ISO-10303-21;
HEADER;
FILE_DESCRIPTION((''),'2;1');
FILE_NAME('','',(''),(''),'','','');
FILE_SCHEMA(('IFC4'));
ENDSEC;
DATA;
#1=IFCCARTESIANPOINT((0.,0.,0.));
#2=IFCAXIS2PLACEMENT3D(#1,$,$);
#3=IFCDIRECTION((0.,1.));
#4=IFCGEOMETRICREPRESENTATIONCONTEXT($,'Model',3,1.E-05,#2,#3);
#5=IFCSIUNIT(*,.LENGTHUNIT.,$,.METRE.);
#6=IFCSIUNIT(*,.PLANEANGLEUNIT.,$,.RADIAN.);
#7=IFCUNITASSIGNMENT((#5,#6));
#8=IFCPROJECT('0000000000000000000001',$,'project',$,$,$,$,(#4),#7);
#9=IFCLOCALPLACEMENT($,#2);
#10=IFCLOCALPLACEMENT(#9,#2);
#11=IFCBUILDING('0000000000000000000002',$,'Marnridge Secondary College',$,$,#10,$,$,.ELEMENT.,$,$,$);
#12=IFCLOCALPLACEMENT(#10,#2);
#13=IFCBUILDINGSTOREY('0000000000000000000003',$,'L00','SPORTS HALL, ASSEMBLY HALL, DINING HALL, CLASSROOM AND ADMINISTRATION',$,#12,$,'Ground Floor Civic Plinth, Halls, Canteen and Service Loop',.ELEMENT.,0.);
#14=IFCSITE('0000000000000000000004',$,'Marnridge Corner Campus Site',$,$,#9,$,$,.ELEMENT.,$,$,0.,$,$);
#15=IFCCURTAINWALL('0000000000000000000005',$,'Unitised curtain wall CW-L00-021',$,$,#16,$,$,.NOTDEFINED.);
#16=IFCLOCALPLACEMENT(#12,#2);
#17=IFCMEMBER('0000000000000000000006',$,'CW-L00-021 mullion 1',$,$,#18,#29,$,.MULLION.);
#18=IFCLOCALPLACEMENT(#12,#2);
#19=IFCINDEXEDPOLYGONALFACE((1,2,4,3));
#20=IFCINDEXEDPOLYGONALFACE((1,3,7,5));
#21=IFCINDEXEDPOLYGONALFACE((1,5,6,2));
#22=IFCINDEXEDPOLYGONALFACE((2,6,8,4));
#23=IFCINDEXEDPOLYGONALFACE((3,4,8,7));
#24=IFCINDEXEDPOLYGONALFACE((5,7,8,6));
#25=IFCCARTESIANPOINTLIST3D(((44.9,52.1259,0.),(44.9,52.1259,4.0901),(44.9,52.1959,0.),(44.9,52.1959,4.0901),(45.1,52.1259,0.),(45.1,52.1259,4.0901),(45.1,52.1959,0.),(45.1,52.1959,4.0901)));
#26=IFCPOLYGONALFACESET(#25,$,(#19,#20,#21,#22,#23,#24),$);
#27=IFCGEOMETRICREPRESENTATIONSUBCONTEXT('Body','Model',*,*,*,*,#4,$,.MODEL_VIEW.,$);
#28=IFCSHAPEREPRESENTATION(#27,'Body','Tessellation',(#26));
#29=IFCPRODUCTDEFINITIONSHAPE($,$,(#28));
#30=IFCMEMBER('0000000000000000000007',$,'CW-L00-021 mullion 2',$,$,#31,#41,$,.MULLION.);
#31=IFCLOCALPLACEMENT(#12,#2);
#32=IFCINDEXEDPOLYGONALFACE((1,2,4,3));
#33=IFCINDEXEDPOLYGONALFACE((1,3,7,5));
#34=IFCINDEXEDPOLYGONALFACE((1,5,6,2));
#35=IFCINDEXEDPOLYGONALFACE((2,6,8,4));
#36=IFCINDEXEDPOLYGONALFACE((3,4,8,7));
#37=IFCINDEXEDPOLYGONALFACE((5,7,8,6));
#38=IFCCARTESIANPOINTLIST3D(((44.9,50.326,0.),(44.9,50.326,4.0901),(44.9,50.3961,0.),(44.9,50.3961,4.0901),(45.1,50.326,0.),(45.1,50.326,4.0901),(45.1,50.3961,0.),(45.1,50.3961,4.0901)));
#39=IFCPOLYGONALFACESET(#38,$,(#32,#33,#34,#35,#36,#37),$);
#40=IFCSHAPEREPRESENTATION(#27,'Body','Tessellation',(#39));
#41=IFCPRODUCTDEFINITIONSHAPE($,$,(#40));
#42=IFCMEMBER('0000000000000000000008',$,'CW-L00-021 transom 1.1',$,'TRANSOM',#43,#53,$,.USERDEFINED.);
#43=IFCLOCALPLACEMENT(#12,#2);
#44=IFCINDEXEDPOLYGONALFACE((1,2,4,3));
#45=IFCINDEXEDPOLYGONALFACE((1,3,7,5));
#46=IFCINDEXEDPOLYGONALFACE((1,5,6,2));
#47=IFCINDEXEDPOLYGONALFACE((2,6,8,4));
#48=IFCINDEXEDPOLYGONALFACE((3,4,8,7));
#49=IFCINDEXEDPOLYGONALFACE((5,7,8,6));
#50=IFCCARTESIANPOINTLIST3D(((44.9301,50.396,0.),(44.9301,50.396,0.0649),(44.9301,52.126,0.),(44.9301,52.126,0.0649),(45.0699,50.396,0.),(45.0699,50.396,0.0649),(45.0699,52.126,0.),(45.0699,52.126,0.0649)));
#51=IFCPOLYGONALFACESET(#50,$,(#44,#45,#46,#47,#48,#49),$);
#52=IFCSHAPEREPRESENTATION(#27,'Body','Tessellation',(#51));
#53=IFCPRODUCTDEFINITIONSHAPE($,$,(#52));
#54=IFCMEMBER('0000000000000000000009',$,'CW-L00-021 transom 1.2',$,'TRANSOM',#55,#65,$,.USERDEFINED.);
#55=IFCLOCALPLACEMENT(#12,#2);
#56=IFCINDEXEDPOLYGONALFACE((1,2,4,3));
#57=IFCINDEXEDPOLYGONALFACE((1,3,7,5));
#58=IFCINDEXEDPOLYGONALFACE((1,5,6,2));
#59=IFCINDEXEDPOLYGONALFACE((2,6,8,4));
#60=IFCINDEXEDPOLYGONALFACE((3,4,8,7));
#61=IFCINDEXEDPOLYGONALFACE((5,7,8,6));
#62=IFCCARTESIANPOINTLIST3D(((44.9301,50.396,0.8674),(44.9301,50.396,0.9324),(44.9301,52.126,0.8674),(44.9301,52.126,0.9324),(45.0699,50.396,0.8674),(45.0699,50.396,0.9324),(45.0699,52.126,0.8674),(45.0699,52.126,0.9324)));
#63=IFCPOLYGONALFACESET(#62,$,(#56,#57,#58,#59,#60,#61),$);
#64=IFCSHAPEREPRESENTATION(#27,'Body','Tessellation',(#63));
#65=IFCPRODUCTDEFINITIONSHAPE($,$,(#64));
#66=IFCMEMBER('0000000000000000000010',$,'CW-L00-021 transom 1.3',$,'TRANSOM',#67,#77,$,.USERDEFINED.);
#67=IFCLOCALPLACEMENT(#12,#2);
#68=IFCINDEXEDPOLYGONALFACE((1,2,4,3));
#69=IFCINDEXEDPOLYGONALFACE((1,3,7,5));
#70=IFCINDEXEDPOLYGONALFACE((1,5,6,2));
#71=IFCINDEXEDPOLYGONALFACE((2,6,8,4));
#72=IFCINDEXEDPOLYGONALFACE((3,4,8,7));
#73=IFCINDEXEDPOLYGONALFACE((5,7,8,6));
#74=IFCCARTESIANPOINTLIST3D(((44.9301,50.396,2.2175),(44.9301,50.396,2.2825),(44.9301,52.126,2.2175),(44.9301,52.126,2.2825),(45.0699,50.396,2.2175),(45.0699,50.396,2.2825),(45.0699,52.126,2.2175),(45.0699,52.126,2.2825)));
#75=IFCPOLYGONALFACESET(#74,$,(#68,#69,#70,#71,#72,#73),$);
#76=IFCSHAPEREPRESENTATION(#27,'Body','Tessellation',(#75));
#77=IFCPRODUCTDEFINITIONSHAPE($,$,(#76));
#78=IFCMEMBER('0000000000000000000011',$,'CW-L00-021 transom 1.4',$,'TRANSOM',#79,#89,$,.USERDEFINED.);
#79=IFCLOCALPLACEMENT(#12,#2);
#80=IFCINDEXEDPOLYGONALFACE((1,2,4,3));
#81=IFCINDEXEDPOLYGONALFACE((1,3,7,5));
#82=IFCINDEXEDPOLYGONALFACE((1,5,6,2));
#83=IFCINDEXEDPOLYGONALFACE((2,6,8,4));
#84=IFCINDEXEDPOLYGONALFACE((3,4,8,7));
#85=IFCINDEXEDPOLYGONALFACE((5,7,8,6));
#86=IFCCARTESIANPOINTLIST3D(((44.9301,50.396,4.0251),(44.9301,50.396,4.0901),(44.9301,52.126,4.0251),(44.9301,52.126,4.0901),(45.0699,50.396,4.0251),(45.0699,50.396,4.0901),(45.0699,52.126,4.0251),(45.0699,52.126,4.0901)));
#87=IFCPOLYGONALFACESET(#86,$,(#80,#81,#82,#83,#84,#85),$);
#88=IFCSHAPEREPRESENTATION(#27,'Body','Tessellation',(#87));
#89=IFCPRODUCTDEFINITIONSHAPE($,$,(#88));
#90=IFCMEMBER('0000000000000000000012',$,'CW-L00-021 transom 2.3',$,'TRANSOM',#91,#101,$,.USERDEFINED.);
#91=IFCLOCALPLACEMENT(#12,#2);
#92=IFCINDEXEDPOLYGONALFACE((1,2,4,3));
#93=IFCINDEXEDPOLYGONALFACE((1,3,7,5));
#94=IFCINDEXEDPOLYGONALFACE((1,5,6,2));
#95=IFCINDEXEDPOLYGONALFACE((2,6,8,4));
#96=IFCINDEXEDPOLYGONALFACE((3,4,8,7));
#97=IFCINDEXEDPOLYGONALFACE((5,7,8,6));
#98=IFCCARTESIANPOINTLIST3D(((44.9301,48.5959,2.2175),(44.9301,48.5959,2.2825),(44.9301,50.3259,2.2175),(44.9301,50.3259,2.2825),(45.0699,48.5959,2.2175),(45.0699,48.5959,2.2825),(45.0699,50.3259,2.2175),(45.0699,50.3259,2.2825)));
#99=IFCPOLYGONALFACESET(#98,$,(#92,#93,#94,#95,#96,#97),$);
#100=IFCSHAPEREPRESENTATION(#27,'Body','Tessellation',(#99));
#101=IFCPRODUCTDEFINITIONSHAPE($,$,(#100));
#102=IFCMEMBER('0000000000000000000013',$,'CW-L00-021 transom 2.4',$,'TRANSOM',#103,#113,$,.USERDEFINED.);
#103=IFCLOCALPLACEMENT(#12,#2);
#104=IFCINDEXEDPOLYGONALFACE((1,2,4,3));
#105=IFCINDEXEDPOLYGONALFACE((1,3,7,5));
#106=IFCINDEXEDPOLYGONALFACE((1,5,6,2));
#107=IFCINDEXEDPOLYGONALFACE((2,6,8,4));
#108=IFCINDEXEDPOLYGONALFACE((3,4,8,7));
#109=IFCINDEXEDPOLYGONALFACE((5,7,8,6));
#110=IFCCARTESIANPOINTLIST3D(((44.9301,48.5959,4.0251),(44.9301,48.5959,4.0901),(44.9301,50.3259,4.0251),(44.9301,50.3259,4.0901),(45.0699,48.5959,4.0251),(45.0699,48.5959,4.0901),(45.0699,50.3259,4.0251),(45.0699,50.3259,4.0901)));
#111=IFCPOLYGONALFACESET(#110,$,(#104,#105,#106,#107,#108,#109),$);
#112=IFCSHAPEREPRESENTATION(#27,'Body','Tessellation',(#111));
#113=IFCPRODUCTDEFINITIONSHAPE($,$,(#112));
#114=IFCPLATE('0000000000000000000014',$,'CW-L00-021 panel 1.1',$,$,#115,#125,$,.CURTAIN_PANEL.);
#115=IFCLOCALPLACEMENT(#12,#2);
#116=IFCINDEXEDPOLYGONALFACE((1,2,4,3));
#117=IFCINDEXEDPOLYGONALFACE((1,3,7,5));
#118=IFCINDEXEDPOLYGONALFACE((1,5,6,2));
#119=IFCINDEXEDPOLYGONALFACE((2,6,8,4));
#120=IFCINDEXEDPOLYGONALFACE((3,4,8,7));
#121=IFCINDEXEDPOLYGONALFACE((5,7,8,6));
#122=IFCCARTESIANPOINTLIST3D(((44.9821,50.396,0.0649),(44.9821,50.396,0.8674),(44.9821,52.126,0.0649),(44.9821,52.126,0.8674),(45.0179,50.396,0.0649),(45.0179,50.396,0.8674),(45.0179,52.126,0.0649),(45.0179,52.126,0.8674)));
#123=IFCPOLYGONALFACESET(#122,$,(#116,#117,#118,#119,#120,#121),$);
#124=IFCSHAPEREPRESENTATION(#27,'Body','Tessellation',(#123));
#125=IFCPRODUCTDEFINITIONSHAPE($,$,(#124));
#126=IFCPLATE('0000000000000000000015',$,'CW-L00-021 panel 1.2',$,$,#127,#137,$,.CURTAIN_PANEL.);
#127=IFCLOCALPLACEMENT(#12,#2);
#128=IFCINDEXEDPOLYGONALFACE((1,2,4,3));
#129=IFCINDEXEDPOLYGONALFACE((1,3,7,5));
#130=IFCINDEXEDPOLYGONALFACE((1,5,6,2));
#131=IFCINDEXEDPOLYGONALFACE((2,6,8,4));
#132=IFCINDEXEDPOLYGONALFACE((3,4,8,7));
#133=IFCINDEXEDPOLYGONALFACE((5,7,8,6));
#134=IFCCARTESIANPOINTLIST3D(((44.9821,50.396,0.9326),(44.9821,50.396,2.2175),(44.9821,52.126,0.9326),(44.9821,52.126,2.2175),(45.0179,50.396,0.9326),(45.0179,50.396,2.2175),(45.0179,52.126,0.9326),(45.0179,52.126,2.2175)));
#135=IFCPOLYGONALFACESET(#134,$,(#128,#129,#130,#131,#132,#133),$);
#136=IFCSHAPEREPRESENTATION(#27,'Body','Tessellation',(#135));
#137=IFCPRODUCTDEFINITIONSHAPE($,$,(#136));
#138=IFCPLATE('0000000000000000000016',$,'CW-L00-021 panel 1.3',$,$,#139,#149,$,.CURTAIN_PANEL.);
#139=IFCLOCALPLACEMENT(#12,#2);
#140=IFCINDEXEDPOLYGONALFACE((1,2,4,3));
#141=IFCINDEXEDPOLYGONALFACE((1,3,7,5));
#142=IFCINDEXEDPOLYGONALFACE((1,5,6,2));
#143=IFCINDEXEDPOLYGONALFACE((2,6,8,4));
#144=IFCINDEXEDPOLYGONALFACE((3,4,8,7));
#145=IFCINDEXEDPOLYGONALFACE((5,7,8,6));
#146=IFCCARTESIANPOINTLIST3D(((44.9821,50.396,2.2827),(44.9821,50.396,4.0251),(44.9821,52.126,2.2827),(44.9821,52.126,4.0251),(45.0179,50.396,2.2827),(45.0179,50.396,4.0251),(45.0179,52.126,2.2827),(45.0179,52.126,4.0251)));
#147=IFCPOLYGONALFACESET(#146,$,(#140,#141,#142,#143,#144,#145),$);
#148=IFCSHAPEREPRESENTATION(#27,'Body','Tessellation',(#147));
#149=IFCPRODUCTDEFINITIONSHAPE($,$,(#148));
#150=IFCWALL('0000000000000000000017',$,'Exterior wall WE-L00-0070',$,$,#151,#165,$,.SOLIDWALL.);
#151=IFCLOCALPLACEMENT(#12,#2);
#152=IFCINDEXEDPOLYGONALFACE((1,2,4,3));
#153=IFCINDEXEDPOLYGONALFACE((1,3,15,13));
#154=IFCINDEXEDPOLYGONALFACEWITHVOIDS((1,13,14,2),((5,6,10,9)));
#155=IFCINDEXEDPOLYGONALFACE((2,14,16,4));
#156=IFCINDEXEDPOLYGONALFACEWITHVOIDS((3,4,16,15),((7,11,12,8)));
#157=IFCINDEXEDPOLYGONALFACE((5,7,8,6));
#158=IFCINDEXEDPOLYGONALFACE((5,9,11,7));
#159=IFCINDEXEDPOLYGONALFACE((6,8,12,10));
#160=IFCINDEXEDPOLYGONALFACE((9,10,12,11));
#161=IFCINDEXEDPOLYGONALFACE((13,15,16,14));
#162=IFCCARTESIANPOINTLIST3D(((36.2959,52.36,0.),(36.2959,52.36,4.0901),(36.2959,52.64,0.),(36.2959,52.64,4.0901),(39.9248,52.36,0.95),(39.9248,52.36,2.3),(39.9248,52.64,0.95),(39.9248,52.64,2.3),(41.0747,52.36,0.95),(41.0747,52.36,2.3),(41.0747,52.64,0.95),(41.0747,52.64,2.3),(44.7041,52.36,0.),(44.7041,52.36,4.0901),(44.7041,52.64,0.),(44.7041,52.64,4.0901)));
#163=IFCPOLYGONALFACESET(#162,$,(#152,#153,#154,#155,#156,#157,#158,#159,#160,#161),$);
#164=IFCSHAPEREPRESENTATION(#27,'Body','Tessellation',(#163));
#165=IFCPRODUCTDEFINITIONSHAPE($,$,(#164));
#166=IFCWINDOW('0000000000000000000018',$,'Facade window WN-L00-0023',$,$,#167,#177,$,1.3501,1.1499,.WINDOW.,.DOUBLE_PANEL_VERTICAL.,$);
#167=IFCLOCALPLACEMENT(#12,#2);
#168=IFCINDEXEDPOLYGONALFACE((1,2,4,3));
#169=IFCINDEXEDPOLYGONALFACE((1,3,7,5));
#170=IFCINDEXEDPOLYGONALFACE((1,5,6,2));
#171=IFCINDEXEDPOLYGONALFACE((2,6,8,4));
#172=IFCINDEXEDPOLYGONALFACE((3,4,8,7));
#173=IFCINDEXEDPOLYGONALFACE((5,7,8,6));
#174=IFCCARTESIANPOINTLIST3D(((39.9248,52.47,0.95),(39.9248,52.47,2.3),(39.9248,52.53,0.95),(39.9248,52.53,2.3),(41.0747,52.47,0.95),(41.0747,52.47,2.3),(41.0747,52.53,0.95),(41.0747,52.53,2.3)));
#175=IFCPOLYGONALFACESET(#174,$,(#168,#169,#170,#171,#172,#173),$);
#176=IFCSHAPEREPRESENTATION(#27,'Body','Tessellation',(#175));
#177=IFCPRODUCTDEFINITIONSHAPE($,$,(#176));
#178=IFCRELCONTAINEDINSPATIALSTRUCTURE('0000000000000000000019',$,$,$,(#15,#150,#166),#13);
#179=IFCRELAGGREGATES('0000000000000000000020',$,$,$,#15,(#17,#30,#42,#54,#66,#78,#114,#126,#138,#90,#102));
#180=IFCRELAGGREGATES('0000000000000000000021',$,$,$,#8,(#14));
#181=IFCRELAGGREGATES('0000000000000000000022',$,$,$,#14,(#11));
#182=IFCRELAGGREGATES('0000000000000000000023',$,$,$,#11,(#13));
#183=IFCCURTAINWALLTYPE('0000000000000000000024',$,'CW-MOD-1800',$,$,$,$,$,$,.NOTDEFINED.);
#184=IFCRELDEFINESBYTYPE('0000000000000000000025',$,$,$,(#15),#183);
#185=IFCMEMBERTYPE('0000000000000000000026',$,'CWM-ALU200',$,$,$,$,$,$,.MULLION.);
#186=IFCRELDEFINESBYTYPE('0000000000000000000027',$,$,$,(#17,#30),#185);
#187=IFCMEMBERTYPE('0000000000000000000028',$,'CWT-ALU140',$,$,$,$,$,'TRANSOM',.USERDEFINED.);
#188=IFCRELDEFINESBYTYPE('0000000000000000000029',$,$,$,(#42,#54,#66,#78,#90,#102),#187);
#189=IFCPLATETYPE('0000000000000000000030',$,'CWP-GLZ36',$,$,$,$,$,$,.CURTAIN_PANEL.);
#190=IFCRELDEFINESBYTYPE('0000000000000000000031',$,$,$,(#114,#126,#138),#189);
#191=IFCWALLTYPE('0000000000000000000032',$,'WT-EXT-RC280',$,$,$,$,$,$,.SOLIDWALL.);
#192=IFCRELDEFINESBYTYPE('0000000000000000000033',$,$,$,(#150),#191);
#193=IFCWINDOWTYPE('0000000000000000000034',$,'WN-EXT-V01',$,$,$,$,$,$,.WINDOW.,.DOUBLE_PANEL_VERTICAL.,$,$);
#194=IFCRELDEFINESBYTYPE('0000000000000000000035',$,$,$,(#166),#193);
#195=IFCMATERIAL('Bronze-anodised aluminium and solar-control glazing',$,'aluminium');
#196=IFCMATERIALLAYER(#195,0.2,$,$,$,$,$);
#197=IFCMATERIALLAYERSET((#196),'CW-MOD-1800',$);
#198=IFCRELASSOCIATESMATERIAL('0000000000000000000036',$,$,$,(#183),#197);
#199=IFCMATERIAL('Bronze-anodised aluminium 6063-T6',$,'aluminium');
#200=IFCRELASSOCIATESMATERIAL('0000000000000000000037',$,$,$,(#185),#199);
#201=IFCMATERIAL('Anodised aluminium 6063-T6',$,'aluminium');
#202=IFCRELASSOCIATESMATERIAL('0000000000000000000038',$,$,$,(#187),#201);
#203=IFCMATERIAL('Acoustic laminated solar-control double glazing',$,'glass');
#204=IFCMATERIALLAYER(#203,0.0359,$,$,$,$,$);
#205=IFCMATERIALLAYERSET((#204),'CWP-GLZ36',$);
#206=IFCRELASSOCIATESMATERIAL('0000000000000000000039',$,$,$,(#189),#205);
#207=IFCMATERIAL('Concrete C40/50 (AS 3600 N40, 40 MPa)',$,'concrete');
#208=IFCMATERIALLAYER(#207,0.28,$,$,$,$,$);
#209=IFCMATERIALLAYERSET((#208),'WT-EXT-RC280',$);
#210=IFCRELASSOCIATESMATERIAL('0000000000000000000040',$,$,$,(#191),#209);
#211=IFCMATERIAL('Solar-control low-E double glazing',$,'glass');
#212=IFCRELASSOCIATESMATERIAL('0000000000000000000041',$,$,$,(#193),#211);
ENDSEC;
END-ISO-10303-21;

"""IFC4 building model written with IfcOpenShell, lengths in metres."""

from ifc_helpers import new_model, si_unit, direction, frame, frame_2d, origin, origin_2d, place, context, subcontext, project, spatial, rectangle, extrude, material, layer, layer_set, material_profile, profile_set, type_object, element, fill, aggregate, save


model = new_model("IFC4")

# Units and contexts
model_context = context("Model", 3, precision=1e-05, world=origin(), true_north=direction((0.0, 1.0)))
body_context = subcontext(model_context, "Body", "Model", "MODEL_VIEW")
ifc_project = project(units=[si_unit("LENGTHUNIT", "METRE"), si_unit("PLANEANGLEUNIT", "RADIAN")], contexts=[model_context])

# Site, building, storey
site_placement = place(None, origin())
site = spatial("IfcSite", under=ifc_project, at=site_placement, Name="Marnridge Corner Campus Site", CompositionType="ELEMENT", RefElevation=0.0)
building_placement = place(site_placement, origin())
building = spatial("IfcBuilding", under=site, at=building_placement, Name="Marnridge Secondary College", CompositionType="ELEMENT")
storey_placement = place(building_placement, origin())
storey = spatial("IfcBuildingStorey", under=building, at=storey_placement, Name="L00", Description="SPORTS HALL, ASSEMBLY HALL, DINING HALL, CLASSROOM AND ADMINISTRATION", LongName="Ground Floor Civic Plinth, Halls, Canteen and Service Loop", CompositionType="ELEMENT", Elevation=0.0)

# Curtain wall, members, plates
ifc_material_1 = material(Name="Bronze-anodised aluminium and solar-control glazing", Category="aluminium")
ifc_layer_1 = layer(ifc_material_1, 0.2)
ifc_layer_set_1 = layer_set([ifc_layer_1], Name="CW-MOD-1800")
curtain_wall_type = type_object("IfcCurtainWallType", Name="CW-MOD-1800", PredefinedType="NOTDEFINED", material=ifc_layer_set_1)
curtain_wall_placement = place(storey_placement, origin())
curtain_wall = element("IfcCurtainWall", 1, at=curtain_wall_placement, inside=storey, type_object=curtain_wall_type, Name="Unitised curtain wall CW-L00-021", PredefinedType="NOTDEFINED")
ifc_material_2 = material(Name="Bronze-anodised aluminium 6063-T6", Category="aluminium")
ifc_material_profile_1 = material_profile(ifc_material_2, rectangle(XDim=0.0701, YDim=0.2, at=origin_2d()), Name="ALU 70x200")
ifc_profile_set_1 = profile_set([ifc_material_profile_1], Name="Bronze-anodised aluminium 6063-T6")
member_type_1 = type_object("IfcMemberType", Name="CWM-ALU200", PredefinedType="MULLION", material=ifc_profile_set_1)
member_1_placement = place(storey_placement, frame((45.0, 52.1609, 0.0), z_axis=(0.0, 0.0, 1.0), x_axis=(0.0, -1.0, 0.0)))
member_1 = element("IfcMember", 2, at=member_1_placement, type_object=member_type_1, Name="CW-L00-021 mullion 1", PredefinedType="MULLION", context=body_context, shape_type="SweptSolid", body=[
    extrude(rectangle(XDim=0.0701, YDim=0.2, at=origin_2d()), origin(), (0.0, 0.0, 1.0), 4.0901),
])
member_2_placement = place(storey_placement, frame((45.0, 50.3611, 0.0), z_axis=(0.0, 0.0, 1.0), x_axis=(0.0, -1.0, 0.0)))
member_2 = element("IfcMember", 3, at=member_2_placement, type_object=member_type_1, Name="CW-L00-021 mullion 2", PredefinedType="MULLION", context=body_context, shape_type="SweptSolid", body=[
    extrude(rectangle(XDim=0.0701, YDim=0.2, at=origin_2d()), origin(), (0.0, 0.0, 1.0), 4.0901),
])
ifc_material_3 = material(Name="Anodised aluminium 6063-T6", Category="aluminium")
ifc_material_profile_2 = material_profile(ifc_material_3, rectangle(XDim=0.0649, YDim=0.1399, at=origin_2d()), Name="ALU 65x140")
ifc_profile_set_2 = profile_set([ifc_material_profile_2], Name="Anodised aluminium 6063-T6")
member_type_2 = type_object("IfcMemberType", Name="CWT-ALU140", ElementType="TRANSOM", PredefinedType="USERDEFINED", material=ifc_profile_set_2)
member_3_placement = place(storey_placement, frame((45.0, 52.126, 0.0325), z_axis=(0.0, -1.0, 0.0), x_axis=(0.0, 0.0, 1.0)))
member_3 = element("IfcMember", 4, at=member_3_placement, type_object=member_type_2, Name="CW-L00-021 transom 1.1", ObjectType="TRANSOM", PredefinedType="USERDEFINED", context=body_context, shape_type="SweptSolid", body=[
    extrude(rectangle(XDim=0.0649, YDim=0.1399, at=origin_2d()), origin(), (0.0, 0.0, 1.0), 1.73),
])
member_4_placement = place(storey_placement, frame((45.0, 52.126, 0.8999), z_axis=(0.0, -1.0, 0.0), x_axis=(0.0, 0.0, 1.0)))
member_4 = element("IfcMember", 5, at=member_4_placement, type_object=member_type_2, Name="CW-L00-021 transom 1.2", ObjectType="TRANSOM", PredefinedType="USERDEFINED", context=body_context, shape_type="SweptSolid", body=[
    extrude(rectangle(XDim=0.0649, YDim=0.1399, at=origin_2d()), origin(), (0.0, 0.0, 1.0), 1.73),
])
member_5_placement = place(storey_placement, frame((45.0, 52.126, 2.25), z_axis=(0.0, -1.0, 0.0), x_axis=(0.0, 0.0, 1.0)))
member_5 = element("IfcMember", 6, at=member_5_placement, type_object=member_type_2, Name="CW-L00-021 transom 1.3", ObjectType="TRANSOM", PredefinedType="USERDEFINED", context=body_context, shape_type="SweptSolid", body=[
    extrude(rectangle(XDim=0.0649, YDim=0.1399, at=origin_2d()), origin(), (0.0, 0.0, 1.0), 1.73),
])
member_6_placement = place(storey_placement, frame((45.0, 52.126, 4.0576), z_axis=(0.0, -1.0, 0.0), x_axis=(0.0, 0.0, 1.0)))
member_6 = element("IfcMember", 7, at=member_6_placement, type_object=member_type_2, Name="CW-L00-021 transom 1.4", ObjectType="TRANSOM", PredefinedType="USERDEFINED", context=body_context, shape_type="SweptSolid", body=[
    extrude(rectangle(XDim=0.0649, YDim=0.1399, at=origin_2d()), origin(), (0.0, 0.0, 1.0), 1.73),
])
member_7_placement = place(storey_placement, frame((45.0, 50.3259, 2.25), z_axis=(0.0, -1.0, 0.0), x_axis=(0.0, 0.0, 1.0)))
member_7 = element("IfcMember", 8, at=member_7_placement, type_object=member_type_2, Name="CW-L00-021 transom 2.3", ObjectType="TRANSOM", PredefinedType="USERDEFINED", context=body_context, shape_type="SweptSolid", body=[
    extrude(rectangle(XDim=0.0649, YDim=0.1399, at=origin_2d()), origin(), (0.0, 0.0, 1.0), 1.73),
])
member_8_placement = place(storey_placement, frame((45.0, 50.3259, 4.0576), z_axis=(0.0, -1.0, 0.0), x_axis=(0.0, 0.0, 1.0)))
member_8 = element("IfcMember", 9, at=member_8_placement, type_object=member_type_2, Name="CW-L00-021 transom 2.4", ObjectType="TRANSOM", PredefinedType="USERDEFINED", context=body_context, shape_type="SweptSolid", body=[
    extrude(rectangle(XDim=0.0649, YDim=0.1399, at=origin_2d()), origin(), (0.0, 0.0, 1.0), 1.73),
])
ifc_material_4 = material(Name="Acoustic laminated solar-control double glazing", Category="glass")
ifc_layer_2 = layer(ifc_material_4, 0.0359)
ifc_layer_set_2 = layer_set([ifc_layer_2], Name="CWP-GLZ36")
plate_type = type_object("IfcPlateType", Name="CWP-GLZ36", PredefinedType="CURTAIN_PANEL", material=ifc_layer_set_2)
plate_1_placement = place(storey_placement, frame((45.0, 51.261, 0.0649), z_axis=(0.0, 0.0, 1.0), x_axis=(0.0, -1.0, 0.0)))
plate_1 = element("IfcPlate", 10, at=plate_1_placement, type_object=plate_type, Name="CW-L00-021 panel 1.1", PredefinedType="CURTAIN_PANEL", context=body_context, shape_type="SweptSolid", body=[
    extrude(rectangle(XDim=1.73, YDim=0.0359, at=origin_2d()), origin(), (0.0, 0.0, 1.0), 0.8025),
])
plate_2_placement = place(storey_placement, frame((45.0, 51.261, 0.9326), z_axis=(0.0, 0.0, 1.0), x_axis=(0.0, -1.0, 0.0)))
plate_2 = element("IfcPlate", 11, at=plate_2_placement, type_object=plate_type, Name="CW-L00-021 panel 1.2", PredefinedType="CURTAIN_PANEL", context=body_context, shape_type="SweptSolid", body=[
    extrude(rectangle(XDim=1.73, YDim=0.0359, at=origin_2d()), origin(), (0.0, 0.0, 1.0), 1.2849),
])
plate_3_placement = place(storey_placement, frame((45.0, 51.261, 2.2827), z_axis=(0.0, 0.0, 1.0), x_axis=(0.0, -1.0, 0.0)))
plate_3 = element("IfcPlate", 12, at=plate_3_placement, type_object=plate_type, Name="CW-L00-021 panel 1.3", PredefinedType="CURTAIN_PANEL", context=body_context, shape_type="SweptSolid", body=[
    extrude(rectangle(XDim=1.73, YDim=0.0359, at=origin_2d()), origin(), (0.0, 0.0, 1.0), 1.7424),
])
aggregate(curtain_wall, [member_1, member_2, member_3, member_4, member_5, member_6, plate_1, plate_2, plate_3, member_7, member_8])

# Wall, opening, window
ifc_material_5 = material(Name="Concrete C40/50 (AS 3600 N40, 40 MPa)", Category="concrete")
ifc_layer_3 = layer(ifc_material_5, 0.28)
ifc_layer_set_3 = layer_set([ifc_layer_3], Name="WT-EXT-RC280")
wall_type = type_object("IfcWallType", Name="WT-EXT-RC280", PredefinedType="SOLIDWALL", material=ifc_layer_set_3)
wall_placement = place(storey_placement, frame((36.2959, 52.5, 0.0), z_axis=(0.0, 0.0, 1.0), x_axis=(1.0, 0.0, 0.0)))
wall = element("IfcWall", 13, at=wall_placement, inside=storey, type_object=wall_type, Name="Exterior wall WE-L00-0070", PredefinedType="SOLIDWALL", context=body_context, shape_type="SweptSolid", body=[
    extrude(rectangle(XDim=8.4082, YDim=0.28, at=frame_2d((4.2041, 0.0))), origin(), (0.0, 0.0, 1.0), 4.0901),
])
opening_placement = place(wall_placement, frame((3.6289, 0.0, 0.95)))
opening = element("IfcOpeningElement", 14, at=opening_placement, cuts=wall, PredefinedType="OPENING", context=body_context, shape_type="SweptSolid", body=[
    extrude(rectangle(XDim=1.1499, YDim=1.3501, at=frame_2d((0.575, 0.675))), frame((0.0, 0.1499, 0.0), z_axis=(0.0, -1.0, 0.0), x_axis=(1.0, 0.0, 0.0)), (0.0, 0.0, 1.0), 0.3),
])
ifc_material_6 = material(Name="Solar-control low-E double glazing", Category="glass")
window_type = type_object("IfcWindowType", Name="WN-EXT-V01", PartitioningType="DOUBLE_PANEL_VERTICAL", PredefinedType="WINDOW", material=ifc_material_6)
window_placement = place(opening_placement, origin())
window = element("IfcWindow", 15, at=window_placement, inside=storey, type_object=window_type, Name="Facade window WN-L00-0023", OverallHeight=1.3501, OverallWidth=1.1499, PartitioningType="DOUBLE_PANEL_VERTICAL", PredefinedType="WINDOW", context=body_context, shape_type="SweptSolid", body=[
    extrude(rectangle(XDim=1.1499, YDim=1.3501, at=frame_2d((0.575, 0.675))), frame((0.0, 0.03, 0.0), z_axis=(0.0, -1.0, 0.0), x_axis=(1.0, 0.0, 0.0)), (0.0, 0.0, 1.0), 0.0601),
])
fill(opening, window)

save(model, "model.ifc")
